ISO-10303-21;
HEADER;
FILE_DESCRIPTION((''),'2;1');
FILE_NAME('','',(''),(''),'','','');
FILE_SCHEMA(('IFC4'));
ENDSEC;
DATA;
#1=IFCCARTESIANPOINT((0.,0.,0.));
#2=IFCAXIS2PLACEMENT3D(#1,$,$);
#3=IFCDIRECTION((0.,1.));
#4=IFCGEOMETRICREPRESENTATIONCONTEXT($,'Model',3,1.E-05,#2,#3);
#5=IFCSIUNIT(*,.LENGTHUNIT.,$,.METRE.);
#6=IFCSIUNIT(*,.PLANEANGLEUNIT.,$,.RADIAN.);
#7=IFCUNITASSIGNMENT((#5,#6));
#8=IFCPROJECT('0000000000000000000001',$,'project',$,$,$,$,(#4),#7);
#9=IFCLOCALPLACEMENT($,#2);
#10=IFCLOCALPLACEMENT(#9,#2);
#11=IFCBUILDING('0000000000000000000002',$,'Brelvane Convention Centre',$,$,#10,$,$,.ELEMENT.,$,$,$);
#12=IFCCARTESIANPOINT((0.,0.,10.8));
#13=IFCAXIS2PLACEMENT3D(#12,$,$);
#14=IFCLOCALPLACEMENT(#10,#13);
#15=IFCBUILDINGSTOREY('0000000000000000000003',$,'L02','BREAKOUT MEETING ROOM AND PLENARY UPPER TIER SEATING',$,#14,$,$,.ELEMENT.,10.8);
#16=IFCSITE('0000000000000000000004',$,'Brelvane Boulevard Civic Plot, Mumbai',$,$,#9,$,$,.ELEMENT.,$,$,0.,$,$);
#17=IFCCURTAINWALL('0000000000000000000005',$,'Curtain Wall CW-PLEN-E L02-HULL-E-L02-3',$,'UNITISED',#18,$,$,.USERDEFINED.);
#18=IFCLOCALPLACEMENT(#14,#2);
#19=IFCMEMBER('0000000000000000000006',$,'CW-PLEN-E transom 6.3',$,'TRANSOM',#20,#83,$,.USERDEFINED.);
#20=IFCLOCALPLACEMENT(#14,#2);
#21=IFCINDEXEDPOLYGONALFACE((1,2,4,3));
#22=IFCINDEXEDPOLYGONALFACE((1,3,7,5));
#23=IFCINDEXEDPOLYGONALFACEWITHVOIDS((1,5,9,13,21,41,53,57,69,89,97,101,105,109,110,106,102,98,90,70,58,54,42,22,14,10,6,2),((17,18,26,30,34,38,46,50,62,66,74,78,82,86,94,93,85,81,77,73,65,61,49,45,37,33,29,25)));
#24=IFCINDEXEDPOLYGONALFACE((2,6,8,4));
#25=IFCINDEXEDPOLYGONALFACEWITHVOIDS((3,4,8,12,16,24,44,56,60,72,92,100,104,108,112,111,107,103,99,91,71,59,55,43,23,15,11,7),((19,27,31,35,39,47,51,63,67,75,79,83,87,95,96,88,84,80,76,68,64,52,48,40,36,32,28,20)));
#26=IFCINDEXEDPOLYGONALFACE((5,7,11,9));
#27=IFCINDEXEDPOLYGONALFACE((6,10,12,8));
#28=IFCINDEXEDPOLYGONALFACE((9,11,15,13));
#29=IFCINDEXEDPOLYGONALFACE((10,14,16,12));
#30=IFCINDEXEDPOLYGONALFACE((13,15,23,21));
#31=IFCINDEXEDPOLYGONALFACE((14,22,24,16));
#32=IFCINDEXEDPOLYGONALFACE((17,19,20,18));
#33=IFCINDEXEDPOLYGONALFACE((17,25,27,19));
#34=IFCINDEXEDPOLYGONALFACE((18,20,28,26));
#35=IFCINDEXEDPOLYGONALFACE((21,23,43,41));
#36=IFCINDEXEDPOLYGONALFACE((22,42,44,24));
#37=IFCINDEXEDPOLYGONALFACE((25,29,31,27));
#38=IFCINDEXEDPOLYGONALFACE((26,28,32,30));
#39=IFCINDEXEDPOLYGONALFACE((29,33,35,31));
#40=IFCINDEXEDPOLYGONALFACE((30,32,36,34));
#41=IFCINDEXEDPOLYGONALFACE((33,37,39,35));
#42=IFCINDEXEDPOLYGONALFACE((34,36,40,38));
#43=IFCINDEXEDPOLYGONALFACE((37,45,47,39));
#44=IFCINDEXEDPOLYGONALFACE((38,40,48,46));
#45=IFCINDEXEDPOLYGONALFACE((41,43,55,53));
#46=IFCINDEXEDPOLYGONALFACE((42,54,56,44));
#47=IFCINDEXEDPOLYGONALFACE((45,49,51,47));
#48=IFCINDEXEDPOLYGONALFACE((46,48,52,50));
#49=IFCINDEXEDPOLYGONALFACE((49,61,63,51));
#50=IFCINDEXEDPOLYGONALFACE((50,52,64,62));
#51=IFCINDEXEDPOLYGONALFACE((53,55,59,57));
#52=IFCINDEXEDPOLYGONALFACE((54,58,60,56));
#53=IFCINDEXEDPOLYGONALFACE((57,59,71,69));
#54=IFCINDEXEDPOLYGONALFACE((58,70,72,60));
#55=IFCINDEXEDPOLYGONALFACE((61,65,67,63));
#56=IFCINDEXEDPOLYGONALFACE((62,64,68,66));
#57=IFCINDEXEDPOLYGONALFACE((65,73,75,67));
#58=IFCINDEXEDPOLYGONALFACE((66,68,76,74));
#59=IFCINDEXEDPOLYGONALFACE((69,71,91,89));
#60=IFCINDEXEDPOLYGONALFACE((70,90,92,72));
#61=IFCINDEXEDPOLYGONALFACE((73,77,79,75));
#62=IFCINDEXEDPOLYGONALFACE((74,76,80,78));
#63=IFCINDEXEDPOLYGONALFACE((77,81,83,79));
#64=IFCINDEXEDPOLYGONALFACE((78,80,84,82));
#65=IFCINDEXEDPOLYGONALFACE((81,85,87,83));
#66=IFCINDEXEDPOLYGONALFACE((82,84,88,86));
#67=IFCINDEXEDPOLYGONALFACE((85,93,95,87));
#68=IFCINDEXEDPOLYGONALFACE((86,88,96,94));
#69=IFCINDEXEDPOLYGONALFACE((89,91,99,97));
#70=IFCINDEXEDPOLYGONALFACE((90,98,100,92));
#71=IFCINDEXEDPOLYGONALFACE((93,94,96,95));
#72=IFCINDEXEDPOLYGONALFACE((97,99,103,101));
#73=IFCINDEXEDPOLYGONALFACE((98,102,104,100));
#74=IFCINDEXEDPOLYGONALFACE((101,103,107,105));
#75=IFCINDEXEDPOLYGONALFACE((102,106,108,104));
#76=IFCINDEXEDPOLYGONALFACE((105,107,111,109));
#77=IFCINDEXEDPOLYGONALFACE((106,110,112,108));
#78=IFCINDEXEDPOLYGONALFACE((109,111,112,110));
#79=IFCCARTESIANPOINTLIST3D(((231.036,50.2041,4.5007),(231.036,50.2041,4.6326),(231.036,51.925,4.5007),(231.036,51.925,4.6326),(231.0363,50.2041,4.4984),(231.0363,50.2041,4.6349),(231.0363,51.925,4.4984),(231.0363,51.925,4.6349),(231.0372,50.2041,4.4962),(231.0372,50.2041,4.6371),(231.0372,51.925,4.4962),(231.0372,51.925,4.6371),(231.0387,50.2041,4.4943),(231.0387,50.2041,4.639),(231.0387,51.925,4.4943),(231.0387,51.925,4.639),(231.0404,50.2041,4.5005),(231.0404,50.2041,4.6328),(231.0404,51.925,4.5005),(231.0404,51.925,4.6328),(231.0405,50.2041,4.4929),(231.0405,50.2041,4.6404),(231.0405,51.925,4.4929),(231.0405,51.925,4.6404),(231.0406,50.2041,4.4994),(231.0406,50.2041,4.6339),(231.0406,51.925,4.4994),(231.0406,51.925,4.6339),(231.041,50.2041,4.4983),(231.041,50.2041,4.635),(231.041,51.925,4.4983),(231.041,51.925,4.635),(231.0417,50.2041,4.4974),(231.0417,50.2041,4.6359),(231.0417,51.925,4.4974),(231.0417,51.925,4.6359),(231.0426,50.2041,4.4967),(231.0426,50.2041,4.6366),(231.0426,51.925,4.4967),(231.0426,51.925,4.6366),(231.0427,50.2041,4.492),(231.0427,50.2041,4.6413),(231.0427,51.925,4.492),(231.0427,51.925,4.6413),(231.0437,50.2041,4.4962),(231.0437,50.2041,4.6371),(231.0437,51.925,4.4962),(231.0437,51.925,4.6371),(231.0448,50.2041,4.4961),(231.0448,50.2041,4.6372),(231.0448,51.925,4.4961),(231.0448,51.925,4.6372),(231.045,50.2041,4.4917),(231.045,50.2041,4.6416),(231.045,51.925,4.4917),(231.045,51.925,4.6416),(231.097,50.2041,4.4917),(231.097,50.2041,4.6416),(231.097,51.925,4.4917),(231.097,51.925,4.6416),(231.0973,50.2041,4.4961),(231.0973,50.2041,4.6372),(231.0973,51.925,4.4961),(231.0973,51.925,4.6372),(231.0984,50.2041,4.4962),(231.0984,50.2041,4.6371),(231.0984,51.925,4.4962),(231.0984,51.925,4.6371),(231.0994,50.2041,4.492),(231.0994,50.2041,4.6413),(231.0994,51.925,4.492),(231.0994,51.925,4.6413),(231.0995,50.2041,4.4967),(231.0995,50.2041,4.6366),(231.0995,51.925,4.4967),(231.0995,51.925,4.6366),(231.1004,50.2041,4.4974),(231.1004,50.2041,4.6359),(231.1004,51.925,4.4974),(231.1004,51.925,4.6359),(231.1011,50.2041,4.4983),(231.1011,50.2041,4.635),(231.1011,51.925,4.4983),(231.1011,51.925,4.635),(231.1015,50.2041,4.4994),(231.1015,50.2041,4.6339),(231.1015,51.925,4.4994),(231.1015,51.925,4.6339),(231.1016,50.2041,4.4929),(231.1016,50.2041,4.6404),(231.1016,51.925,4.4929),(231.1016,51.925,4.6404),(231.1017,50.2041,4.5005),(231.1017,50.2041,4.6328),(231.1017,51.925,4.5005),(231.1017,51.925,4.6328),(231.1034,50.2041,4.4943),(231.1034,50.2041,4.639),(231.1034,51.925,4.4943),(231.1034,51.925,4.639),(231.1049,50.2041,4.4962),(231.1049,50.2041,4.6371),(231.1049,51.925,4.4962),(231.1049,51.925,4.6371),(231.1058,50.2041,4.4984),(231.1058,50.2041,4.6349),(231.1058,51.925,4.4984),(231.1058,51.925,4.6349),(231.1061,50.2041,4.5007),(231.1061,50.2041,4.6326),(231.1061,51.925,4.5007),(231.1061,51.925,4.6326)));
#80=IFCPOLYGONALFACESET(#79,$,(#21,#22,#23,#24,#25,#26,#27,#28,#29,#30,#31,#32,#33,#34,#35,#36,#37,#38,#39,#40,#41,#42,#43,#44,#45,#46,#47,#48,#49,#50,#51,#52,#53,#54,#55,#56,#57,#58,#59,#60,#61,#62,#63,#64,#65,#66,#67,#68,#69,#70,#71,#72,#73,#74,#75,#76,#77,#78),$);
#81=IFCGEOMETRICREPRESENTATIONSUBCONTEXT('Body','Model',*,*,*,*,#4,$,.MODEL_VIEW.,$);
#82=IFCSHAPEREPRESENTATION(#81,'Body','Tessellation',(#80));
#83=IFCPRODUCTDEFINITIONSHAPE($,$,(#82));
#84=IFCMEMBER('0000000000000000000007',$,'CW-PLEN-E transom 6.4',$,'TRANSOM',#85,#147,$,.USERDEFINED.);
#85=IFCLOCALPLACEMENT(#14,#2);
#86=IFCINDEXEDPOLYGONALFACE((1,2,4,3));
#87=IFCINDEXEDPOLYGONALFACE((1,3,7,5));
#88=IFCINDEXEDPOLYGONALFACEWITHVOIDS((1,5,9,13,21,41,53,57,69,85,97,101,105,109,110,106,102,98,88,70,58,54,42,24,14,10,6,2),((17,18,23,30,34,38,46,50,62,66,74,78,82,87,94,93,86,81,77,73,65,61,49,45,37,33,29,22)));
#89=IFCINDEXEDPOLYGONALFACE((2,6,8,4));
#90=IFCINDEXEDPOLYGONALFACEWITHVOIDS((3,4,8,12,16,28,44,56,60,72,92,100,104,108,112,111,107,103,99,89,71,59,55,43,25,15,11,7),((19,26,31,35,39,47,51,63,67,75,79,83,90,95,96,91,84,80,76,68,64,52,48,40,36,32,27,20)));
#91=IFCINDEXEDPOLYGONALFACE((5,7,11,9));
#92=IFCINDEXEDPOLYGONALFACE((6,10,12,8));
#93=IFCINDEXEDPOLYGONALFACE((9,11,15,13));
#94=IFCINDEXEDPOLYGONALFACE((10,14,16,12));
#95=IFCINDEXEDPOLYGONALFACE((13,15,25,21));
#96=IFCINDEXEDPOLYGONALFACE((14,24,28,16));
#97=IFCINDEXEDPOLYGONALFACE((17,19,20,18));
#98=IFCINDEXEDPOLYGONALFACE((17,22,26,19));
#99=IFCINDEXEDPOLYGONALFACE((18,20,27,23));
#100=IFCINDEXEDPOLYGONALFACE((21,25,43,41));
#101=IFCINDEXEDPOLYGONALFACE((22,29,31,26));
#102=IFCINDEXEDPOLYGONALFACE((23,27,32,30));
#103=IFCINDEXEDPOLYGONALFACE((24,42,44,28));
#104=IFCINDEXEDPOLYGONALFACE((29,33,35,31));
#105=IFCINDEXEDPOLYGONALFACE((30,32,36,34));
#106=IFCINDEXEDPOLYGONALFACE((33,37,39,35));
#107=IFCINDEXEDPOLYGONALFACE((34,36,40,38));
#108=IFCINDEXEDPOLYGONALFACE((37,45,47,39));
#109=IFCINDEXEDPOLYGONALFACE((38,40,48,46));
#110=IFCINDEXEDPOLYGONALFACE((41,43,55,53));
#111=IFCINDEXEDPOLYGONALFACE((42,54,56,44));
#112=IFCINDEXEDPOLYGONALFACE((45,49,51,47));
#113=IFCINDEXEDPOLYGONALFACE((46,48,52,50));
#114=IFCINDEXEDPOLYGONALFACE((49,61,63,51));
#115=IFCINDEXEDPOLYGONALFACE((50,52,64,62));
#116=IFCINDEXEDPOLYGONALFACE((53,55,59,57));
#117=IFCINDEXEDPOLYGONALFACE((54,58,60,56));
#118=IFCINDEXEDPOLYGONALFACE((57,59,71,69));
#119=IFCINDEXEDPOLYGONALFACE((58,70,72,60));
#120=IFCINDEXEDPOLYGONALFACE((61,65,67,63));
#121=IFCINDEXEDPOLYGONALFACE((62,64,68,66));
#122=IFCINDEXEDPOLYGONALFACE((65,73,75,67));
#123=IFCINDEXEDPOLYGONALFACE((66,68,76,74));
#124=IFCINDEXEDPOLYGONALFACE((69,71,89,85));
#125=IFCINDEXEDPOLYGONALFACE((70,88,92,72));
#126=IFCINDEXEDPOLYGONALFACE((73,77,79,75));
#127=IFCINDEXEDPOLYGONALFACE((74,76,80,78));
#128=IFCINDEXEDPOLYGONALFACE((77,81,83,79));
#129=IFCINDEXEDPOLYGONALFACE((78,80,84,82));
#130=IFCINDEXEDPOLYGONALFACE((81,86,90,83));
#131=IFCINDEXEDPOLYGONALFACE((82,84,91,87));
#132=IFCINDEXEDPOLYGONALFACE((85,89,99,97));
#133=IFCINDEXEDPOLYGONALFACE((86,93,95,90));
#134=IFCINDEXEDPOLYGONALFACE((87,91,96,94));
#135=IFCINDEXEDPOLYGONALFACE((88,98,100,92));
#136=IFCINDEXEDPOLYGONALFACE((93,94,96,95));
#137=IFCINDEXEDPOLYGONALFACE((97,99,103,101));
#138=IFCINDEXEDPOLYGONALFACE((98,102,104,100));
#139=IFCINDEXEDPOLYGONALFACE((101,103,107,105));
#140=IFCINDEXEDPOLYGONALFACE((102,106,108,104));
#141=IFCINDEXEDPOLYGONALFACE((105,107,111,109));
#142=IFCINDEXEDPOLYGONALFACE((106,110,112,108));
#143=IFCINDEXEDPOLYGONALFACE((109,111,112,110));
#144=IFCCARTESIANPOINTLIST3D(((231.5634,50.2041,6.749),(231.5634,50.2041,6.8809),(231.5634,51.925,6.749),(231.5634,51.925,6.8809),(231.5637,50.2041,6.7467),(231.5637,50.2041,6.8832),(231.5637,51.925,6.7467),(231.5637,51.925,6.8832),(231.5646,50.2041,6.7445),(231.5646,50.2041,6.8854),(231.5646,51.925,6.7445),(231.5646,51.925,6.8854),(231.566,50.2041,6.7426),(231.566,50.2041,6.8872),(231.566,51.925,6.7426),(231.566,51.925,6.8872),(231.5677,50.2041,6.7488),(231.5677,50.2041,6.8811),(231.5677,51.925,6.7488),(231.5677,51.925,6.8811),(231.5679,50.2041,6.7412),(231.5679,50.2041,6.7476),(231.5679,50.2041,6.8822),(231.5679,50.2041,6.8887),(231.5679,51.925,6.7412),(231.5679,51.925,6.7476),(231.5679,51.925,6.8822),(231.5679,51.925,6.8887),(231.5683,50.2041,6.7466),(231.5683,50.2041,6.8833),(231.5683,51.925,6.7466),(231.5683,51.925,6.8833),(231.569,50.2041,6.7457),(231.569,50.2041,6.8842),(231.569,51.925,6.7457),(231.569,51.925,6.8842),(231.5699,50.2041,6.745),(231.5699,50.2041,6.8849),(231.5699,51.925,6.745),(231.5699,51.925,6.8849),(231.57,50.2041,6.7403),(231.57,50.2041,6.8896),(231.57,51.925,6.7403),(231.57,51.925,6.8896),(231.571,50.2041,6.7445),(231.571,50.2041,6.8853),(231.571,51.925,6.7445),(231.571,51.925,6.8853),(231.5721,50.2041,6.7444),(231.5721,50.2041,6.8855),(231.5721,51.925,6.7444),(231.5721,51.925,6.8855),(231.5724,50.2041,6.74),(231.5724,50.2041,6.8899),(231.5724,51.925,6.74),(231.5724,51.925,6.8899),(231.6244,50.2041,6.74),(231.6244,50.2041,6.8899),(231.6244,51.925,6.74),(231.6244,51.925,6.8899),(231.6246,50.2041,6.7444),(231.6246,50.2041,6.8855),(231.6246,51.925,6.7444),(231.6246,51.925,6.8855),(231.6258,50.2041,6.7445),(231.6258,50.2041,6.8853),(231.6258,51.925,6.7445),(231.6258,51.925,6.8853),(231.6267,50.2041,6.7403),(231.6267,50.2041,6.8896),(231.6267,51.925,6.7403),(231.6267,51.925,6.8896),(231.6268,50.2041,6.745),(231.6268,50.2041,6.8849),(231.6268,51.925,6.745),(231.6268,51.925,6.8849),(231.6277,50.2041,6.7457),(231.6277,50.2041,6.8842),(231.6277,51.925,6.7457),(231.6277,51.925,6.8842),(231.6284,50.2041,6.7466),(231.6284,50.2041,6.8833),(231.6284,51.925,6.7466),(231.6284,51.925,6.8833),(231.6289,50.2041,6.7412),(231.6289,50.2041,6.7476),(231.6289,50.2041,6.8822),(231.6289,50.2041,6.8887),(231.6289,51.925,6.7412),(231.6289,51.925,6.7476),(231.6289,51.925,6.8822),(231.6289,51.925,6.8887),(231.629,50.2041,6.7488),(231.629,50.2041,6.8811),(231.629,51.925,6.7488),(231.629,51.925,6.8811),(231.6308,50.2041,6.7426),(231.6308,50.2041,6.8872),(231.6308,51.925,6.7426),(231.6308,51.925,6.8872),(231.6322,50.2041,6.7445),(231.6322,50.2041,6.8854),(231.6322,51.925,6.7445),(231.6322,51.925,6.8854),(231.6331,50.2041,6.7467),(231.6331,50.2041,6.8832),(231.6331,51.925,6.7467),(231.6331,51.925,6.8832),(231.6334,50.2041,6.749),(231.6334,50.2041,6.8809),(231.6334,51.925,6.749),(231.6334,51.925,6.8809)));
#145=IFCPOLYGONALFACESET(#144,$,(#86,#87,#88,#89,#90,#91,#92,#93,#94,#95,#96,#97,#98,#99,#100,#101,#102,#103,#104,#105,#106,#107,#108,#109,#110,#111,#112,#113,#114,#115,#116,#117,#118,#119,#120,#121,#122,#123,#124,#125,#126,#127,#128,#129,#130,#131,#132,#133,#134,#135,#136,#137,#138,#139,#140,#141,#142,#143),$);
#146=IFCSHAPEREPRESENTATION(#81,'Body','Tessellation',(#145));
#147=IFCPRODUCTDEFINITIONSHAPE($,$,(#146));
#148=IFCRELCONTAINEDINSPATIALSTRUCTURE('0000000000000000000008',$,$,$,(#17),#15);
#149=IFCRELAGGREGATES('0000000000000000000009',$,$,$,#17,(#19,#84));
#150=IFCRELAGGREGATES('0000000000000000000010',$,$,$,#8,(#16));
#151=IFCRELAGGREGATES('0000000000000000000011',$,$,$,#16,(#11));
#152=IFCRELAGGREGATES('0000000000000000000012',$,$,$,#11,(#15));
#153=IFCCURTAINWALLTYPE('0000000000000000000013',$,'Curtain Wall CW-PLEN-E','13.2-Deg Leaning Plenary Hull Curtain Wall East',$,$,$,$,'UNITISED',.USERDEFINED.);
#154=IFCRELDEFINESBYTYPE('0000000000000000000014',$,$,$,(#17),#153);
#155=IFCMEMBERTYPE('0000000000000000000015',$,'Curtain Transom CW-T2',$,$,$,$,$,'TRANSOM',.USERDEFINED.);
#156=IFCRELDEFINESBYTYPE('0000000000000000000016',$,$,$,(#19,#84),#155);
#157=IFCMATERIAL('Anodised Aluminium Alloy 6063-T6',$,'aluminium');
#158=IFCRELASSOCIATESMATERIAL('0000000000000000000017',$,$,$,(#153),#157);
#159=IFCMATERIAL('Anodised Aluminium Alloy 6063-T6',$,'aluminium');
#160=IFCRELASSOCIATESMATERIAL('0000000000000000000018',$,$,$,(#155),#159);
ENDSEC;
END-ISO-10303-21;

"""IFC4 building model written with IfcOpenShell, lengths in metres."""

from ifc_helpers import new_model, si_unit, direction, frame, origin, origin_2d, place, context, subcontext, project, spatial, hollow_rectangle, extrude, material, material_profile, profile_set, type_object, element, aggregate, save


model = new_model("IFC4")

# Units and contexts
model_context = context("Model", 3, precision=1e-05, world=origin(), true_north=direction((0.0, 1.0)))
body_context = subcontext(model_context, "Body", "Model", "MODEL_VIEW")
ifc_project = project(units=[si_unit("LENGTHUNIT", "METRE"), si_unit("PLANEANGLEUNIT", "RADIAN")], contexts=[model_context])

# Site, building, storey
site_placement = place(None, origin())
site = spatial("IfcSite", under=ifc_project, at=site_placement, Name="Brelvane Boulevard Civic Plot, Mumbai", CompositionType="ELEMENT", RefElevation=0.0)
building_placement = place(site_placement, origin())
building = spatial("IfcBuilding", under=site, at=building_placement, Name="Brelvane Convention Centre", CompositionType="ELEMENT")
storey_placement = place(building_placement, frame((0.0, 0.0, 10.8)))
storey = spatial("IfcBuildingStorey", under=building, at=storey_placement, Name="L02", Description="BREAKOUT MEETING ROOM AND PLENARY UPPER TIER SEATING", CompositionType="ELEMENT", Elevation=10.8)

# Curtain wall, members
ifc_material_1 = material(Name="Anodised Aluminium Alloy 6063-T6", Category="aluminium")
curtain_wall_type = type_object("IfcCurtainWallType", Name="Curtain Wall CW-PLEN-E", Description="13.2-Deg Leaning Plenary Hull Curtain Wall East", ElementType="UNITISED", PredefinedType="USERDEFINED", material=ifc_material_1)
curtain_wall_1_placement = place(storey_placement, origin())
curtain_wall_1 = element("IfcCurtainWall", 1, at=curtain_wall_1_placement, inside=storey, type_object=curtain_wall_type, Name="Curtain Wall CW-PLEN-E L02-HULL-E-L02-3", ObjectType="UNITISED", PredefinedType="USERDEFINED")
ifc_material_2 = material(Name="Anodised Aluminium Alloy 6063-T6", Category="aluminium")
ifc_material_profile = material_profile(ifc_material_2, hollow_rectangle(XDim=0.0701, YDim=0.1499, WallThickness=0.0044, InnerFilletRadius=0.0044, OuterFilletRadius=0.009, at=origin_2d()), Name="ALU-T 150x70x4.5")
ifc_profile_set = profile_set([ifc_material_profile], Name="Anodised Aluminium Alloy 6063-T6")
member_type = type_object("IfcMemberType", Name="Curtain Transom CW-T2", ElementType="TRANSOM", PredefinedType="USERDEFINED", material=ifc_profile_set)
member_1_placement = place(storey_placement, frame((231.071, 50.2041, 4.5667), z_axis=(0.0, 1.0, 0.0), x_axis=(-1.0, 0.0, 0.0)))
member_1 = element("IfcMember", 2, at=member_1_placement, type_object=member_type, Name="CW-PLEN-E transom 6.3", ObjectType="TRANSOM", PredefinedType="USERDEFINED", context=body_context, shape_type="SweptSolid", body=[
    extrude(hollow_rectangle(XDim=0.0701, YDim=0.1499, WallThickness=0.0044, InnerFilletRadius=0.0044, OuterFilletRadius=0.009, at=origin_2d()), origin(), (0.0, 0.0, 1.0), 1.7209),
])
member_2_placement = place(storey_placement, frame((231.5984, 50.2041, 6.8149), z_axis=(0.0, 1.0, 0.0), x_axis=(-1.0, 0.0, 0.0)))
member_2 = element("IfcMember", 3, at=member_2_placement, type_object=member_type, Name="CW-PLEN-E transom 6.4", ObjectType="TRANSOM", PredefinedType="USERDEFINED", context=body_context, shape_type="SweptSolid", body=[
    extrude(hollow_rectangle(XDim=0.0701, YDim=0.1499, WallThickness=0.0044, InnerFilletRadius=0.0044, OuterFilletRadius=0.009, at=origin_2d()), origin(), (0.0, 0.0, 1.0), 1.7209),
])

aggregate(curtain_wall_1, [member_1, member_2])

save(model, "model.ifc")
